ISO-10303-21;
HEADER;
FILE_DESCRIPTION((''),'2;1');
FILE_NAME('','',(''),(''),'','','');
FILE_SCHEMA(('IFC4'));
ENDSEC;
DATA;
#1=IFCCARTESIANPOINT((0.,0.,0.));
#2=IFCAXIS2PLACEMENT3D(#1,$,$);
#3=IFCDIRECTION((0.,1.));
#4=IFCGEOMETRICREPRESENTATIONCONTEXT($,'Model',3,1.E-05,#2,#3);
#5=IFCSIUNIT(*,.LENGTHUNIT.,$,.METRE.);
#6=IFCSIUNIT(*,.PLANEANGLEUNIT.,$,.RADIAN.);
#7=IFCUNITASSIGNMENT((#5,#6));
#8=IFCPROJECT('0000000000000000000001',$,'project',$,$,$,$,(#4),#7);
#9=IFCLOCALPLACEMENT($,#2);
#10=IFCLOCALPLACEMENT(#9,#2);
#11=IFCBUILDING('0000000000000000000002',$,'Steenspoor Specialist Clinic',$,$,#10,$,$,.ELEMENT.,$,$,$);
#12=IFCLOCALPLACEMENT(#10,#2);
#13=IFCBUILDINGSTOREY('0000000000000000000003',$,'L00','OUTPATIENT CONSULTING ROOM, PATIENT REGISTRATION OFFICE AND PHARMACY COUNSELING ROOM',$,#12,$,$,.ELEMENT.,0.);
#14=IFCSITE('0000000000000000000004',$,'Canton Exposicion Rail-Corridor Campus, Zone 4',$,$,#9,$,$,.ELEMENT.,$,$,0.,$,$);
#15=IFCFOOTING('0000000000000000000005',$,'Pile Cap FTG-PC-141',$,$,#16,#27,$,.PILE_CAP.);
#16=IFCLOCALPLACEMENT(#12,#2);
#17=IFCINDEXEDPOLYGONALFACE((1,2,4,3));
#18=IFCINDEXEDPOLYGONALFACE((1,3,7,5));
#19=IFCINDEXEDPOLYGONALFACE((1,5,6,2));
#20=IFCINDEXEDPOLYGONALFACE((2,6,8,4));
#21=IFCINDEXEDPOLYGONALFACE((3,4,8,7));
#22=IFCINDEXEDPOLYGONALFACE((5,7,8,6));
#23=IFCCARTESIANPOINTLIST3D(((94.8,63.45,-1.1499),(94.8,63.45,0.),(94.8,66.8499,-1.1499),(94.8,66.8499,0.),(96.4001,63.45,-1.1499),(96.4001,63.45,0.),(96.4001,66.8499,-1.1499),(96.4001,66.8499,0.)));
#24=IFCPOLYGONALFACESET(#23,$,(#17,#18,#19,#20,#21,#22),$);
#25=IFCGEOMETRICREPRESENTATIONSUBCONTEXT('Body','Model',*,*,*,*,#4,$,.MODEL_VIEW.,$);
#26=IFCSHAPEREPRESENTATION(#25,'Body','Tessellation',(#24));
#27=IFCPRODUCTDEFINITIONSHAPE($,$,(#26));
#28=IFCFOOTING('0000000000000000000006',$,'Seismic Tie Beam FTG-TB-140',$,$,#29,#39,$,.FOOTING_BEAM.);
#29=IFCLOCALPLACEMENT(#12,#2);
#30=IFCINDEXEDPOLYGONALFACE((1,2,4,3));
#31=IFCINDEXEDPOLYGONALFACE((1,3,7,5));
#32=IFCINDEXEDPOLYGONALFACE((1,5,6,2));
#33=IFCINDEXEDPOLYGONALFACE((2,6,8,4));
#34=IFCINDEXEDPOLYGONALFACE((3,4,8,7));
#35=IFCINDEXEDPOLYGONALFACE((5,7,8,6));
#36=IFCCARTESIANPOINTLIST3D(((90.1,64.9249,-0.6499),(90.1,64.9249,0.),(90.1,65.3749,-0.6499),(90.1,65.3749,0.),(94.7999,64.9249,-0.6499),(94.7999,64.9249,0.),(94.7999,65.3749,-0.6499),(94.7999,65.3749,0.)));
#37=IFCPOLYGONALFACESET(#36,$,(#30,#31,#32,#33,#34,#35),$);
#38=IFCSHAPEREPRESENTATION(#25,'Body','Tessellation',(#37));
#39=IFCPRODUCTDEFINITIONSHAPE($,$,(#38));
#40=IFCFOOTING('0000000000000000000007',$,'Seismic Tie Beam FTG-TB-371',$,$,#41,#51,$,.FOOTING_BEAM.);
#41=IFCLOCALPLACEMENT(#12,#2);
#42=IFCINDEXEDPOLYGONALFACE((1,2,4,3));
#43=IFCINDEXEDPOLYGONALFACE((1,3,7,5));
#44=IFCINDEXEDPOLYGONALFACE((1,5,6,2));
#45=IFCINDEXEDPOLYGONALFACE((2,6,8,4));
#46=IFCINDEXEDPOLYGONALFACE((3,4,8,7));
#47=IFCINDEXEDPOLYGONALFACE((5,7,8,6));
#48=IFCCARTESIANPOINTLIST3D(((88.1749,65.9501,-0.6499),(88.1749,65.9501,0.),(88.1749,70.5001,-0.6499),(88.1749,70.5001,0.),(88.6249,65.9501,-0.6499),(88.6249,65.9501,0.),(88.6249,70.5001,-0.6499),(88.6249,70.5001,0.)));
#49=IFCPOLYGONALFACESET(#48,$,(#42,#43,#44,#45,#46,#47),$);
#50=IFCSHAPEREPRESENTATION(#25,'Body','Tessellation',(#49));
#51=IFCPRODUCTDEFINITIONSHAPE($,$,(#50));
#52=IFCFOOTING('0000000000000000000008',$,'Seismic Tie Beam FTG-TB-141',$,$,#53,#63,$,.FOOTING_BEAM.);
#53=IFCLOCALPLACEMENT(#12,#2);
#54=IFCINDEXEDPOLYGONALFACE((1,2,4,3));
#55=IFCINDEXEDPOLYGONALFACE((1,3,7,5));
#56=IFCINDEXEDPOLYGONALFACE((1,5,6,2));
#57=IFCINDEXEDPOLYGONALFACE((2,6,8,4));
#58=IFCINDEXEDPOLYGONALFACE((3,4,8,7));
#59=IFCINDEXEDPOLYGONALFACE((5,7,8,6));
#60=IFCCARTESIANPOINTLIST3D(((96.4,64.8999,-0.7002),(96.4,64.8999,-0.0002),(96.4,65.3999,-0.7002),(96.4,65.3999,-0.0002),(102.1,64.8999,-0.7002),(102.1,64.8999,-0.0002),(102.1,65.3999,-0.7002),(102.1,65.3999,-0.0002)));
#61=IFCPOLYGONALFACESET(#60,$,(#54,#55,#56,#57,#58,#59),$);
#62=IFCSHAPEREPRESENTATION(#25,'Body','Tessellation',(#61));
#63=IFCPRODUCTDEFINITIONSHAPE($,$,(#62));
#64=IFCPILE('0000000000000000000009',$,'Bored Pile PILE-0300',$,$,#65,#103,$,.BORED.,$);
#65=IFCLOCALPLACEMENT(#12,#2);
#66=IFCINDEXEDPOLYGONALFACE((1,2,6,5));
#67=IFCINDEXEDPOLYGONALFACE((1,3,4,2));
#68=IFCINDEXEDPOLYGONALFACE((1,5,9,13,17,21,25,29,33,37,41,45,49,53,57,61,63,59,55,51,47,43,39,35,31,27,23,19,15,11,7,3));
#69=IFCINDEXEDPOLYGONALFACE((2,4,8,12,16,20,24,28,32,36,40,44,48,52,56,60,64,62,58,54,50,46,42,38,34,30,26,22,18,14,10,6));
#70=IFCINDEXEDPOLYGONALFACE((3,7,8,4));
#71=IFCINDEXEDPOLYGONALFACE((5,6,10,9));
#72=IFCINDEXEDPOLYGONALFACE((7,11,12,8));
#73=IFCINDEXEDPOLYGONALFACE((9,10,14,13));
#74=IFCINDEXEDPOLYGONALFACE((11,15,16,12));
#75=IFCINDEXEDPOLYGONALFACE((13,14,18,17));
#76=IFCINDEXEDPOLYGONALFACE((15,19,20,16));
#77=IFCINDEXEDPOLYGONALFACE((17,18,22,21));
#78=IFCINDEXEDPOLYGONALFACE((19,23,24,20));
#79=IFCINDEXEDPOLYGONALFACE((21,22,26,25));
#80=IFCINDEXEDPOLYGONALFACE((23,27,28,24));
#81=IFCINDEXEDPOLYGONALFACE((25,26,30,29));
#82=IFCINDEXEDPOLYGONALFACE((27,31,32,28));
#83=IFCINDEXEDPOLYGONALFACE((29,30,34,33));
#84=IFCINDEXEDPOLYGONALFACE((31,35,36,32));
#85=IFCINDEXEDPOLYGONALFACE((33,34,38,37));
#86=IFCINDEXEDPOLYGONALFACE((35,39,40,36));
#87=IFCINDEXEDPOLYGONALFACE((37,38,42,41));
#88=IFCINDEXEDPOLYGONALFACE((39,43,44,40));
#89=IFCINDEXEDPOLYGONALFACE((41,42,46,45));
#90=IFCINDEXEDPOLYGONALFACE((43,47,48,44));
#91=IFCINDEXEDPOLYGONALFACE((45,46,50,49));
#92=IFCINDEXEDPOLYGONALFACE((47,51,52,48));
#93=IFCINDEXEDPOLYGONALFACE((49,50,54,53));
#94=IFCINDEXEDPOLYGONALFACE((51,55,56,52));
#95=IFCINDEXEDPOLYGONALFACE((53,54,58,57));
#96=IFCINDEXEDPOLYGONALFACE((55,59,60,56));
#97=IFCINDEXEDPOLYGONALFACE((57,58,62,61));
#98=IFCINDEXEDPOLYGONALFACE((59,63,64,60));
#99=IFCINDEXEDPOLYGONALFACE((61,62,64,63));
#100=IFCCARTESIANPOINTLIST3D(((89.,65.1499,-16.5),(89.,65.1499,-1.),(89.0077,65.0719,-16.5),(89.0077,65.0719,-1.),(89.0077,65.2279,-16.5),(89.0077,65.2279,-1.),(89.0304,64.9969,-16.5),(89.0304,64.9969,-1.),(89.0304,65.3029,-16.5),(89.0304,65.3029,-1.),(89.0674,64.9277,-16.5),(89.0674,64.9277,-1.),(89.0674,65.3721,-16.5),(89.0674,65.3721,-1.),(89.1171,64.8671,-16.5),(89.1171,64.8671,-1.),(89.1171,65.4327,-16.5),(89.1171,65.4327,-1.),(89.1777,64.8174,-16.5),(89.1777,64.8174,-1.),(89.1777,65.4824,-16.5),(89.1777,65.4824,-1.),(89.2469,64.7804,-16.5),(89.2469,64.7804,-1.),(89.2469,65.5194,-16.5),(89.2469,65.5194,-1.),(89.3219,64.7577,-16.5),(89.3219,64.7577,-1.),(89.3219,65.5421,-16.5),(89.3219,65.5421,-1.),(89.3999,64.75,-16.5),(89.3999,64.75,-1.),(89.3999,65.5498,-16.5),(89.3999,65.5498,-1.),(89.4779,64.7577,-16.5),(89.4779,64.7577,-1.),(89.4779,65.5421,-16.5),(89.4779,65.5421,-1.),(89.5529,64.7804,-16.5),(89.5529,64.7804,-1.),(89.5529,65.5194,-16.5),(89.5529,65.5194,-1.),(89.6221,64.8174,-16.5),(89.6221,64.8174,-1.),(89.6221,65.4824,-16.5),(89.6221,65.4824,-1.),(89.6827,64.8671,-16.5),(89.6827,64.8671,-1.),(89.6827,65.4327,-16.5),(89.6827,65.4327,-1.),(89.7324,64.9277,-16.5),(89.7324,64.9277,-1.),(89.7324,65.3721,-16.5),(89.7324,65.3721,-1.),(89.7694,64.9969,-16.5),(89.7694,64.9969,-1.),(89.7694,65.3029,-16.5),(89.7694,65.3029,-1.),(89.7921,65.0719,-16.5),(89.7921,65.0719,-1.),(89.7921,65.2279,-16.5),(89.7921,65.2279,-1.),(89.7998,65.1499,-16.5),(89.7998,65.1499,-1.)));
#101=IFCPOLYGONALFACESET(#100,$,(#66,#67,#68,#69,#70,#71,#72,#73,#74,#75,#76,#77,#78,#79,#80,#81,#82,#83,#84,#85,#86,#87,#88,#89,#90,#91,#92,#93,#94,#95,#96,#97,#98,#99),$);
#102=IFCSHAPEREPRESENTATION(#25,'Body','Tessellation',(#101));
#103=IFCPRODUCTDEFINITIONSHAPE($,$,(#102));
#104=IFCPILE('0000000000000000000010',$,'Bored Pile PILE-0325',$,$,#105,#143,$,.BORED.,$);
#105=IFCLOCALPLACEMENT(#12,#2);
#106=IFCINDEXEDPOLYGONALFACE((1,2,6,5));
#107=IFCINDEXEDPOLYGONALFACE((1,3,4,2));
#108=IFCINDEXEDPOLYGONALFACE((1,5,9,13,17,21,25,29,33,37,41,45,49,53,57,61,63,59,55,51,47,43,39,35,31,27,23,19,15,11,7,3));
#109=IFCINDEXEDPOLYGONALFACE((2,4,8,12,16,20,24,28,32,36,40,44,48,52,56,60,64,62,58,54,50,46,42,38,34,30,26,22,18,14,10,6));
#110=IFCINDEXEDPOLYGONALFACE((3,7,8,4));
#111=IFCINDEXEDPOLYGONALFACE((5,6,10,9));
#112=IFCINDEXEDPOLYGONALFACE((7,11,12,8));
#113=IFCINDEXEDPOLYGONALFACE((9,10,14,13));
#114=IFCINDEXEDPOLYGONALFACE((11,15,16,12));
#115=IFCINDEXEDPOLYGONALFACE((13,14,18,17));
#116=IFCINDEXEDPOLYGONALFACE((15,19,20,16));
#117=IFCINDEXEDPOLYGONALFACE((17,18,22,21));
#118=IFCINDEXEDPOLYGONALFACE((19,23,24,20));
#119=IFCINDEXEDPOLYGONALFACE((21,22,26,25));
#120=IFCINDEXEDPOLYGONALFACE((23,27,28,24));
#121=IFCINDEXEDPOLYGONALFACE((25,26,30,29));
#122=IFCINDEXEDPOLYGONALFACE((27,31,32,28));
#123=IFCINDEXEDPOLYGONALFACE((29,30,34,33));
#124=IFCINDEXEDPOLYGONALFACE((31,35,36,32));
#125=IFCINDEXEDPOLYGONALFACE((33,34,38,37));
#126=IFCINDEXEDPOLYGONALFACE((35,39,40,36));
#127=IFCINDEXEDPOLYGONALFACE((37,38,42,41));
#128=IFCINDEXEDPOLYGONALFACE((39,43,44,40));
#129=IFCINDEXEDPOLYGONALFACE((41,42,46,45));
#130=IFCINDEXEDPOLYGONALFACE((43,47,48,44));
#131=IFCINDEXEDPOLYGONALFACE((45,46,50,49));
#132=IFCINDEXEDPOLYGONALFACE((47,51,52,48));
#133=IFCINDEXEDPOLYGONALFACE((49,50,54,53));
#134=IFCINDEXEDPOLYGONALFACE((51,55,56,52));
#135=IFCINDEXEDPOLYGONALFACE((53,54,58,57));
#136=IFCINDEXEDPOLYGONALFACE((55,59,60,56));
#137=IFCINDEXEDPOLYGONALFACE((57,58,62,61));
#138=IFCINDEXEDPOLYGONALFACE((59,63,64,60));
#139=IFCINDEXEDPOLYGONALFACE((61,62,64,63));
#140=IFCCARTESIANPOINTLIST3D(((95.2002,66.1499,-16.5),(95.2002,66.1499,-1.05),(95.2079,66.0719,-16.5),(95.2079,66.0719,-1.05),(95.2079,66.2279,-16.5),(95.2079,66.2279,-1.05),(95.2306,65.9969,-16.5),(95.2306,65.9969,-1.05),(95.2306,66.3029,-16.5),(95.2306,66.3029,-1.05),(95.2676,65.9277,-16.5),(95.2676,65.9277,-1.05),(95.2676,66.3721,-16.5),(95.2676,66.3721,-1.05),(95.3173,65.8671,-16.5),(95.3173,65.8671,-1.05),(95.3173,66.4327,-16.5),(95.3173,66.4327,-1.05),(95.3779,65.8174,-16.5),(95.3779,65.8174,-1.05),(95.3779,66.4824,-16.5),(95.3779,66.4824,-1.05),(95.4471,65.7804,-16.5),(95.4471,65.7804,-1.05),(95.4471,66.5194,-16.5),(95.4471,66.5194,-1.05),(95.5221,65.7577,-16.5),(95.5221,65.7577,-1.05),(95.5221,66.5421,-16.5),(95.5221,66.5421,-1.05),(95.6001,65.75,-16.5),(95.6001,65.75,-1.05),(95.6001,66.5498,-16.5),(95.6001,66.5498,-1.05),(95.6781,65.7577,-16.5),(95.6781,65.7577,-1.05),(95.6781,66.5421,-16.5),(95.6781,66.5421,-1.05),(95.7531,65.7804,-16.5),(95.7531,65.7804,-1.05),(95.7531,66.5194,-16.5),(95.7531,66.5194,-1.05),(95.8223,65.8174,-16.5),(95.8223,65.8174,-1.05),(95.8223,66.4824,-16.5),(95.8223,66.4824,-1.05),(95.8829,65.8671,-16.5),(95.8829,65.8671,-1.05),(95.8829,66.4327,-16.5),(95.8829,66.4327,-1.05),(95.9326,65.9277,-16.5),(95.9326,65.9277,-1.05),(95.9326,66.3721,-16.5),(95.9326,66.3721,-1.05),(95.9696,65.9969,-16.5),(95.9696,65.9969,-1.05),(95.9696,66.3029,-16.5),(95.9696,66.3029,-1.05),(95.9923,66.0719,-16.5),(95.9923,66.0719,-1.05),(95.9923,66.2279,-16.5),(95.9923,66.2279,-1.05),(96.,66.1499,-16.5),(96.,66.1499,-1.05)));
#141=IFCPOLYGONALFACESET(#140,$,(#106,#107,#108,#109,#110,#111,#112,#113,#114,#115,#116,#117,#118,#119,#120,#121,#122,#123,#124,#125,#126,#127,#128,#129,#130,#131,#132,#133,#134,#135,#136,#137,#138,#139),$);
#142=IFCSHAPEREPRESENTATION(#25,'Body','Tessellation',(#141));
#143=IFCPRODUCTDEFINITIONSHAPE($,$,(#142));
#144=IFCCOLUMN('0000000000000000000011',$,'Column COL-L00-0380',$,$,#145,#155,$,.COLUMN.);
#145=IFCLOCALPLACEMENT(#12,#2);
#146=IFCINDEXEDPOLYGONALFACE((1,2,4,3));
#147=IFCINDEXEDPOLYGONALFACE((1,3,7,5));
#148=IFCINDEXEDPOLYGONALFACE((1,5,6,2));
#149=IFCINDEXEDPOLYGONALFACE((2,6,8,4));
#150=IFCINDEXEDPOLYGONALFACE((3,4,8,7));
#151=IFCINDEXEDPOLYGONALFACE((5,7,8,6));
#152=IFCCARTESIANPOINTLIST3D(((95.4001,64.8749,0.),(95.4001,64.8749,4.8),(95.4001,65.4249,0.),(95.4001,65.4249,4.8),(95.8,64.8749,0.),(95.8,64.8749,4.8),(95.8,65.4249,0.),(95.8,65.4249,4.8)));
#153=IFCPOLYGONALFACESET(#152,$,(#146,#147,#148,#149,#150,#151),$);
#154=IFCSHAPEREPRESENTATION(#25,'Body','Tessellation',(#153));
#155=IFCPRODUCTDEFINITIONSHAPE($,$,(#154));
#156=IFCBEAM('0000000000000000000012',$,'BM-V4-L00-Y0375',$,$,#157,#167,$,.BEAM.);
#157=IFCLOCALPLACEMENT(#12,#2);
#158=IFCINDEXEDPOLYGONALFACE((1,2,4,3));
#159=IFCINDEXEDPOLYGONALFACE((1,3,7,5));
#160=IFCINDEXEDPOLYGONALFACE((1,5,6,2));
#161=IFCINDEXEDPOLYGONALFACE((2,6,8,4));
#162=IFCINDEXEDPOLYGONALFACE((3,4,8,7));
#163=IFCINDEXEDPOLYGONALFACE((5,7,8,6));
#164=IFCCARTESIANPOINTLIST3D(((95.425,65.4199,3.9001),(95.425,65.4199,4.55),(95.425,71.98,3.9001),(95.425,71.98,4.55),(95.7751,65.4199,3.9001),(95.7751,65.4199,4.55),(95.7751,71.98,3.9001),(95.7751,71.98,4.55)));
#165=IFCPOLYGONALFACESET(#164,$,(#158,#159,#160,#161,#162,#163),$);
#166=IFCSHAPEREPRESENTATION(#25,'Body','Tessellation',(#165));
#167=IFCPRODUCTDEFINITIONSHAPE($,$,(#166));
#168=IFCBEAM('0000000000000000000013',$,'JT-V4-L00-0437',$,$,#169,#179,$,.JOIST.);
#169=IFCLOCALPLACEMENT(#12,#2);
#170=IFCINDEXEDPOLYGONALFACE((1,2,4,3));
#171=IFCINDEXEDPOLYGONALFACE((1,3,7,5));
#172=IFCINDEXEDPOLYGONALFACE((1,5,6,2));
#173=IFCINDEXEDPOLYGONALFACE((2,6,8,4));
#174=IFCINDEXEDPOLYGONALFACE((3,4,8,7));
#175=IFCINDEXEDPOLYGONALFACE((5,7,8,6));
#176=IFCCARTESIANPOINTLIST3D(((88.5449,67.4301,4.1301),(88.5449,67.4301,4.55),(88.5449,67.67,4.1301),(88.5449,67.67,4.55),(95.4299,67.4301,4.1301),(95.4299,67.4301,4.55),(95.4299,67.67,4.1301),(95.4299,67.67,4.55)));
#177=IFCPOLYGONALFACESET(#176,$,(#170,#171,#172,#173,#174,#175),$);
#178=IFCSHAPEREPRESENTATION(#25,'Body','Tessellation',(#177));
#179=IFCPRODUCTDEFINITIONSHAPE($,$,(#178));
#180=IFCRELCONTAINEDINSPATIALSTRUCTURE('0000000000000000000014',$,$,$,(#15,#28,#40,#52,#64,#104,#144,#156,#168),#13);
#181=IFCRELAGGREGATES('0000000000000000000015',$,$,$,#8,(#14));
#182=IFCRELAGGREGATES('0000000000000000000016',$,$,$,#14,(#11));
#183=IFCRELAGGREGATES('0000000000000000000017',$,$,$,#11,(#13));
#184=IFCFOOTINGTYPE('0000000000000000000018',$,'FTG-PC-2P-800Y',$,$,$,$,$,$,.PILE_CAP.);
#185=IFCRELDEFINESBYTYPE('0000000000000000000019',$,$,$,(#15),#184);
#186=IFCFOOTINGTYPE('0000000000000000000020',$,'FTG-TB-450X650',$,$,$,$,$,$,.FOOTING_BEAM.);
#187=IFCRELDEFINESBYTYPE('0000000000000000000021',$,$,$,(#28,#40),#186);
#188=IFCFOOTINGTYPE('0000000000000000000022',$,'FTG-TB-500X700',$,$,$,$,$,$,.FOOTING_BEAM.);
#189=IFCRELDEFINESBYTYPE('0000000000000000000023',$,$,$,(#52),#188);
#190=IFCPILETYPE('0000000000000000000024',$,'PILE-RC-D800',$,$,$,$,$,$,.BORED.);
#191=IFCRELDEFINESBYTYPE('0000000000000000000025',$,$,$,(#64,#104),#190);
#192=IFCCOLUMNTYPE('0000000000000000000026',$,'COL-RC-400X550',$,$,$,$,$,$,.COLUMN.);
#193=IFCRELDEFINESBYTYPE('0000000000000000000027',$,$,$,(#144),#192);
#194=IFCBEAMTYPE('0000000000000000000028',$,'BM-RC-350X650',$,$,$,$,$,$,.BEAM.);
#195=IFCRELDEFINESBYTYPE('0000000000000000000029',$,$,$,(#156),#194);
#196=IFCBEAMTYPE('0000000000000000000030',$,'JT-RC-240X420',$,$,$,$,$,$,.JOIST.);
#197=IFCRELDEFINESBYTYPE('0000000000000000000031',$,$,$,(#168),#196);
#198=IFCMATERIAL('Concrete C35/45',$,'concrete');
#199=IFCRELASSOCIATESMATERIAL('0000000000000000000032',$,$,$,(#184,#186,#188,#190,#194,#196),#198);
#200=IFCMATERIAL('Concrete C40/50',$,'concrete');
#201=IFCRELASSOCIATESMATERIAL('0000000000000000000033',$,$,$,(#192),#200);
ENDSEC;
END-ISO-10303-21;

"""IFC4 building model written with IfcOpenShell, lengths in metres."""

from ifc_helpers import new_model, si_unit, direction, frame, origin, origin_2d, place, context, subcontext, project, spatial, rectangle, circle, extrude, material, material_profile, profile_set, type_object, element, save


model = new_model("IFC4")

# Units and contexts
model_context = context("Model", 3, precision=1e-05, world=origin(), true_north=direction((0.0, 1.0)))
body_context = subcontext(model_context, "Body", "Model", "MODEL_VIEW")
ifc_project = project(units=[si_unit("LENGTHUNIT", "METRE"), si_unit("PLANEANGLEUNIT", "RADIAN")], contexts=[model_context])

# Site, building, storey
site_placement = place(None, origin())
site = spatial("IfcSite", under=ifc_project, at=site_placement, Name="Canton Exposicion Rail-Corridor Campus, Zone 4", CompositionType="ELEMENT", RefElevation=0.0)
building_placement = place(site_placement, origin())
building = spatial("IfcBuilding", under=site, at=building_placement, Name="Steenspoor Specialist Clinic", CompositionType="ELEMENT")
storey_placement = place(building_placement, origin())
storey = spatial("IfcBuildingStorey", under=building, at=storey_placement, Name="L00", Description="OUTPATIENT CONSULTING ROOM, PATIENT REGISTRATION OFFICE AND PHARMACY COUNSELING ROOM", CompositionType="ELEMENT", Elevation=0.0)

# Footings
ifc_material_1 = material(Name="Concrete C35/45", Category="concrete")
footing_type_1 = type_object("IfcFootingType", Name="FTG-PC-2P-800Y", PredefinedType="PILE_CAP", material=ifc_material_1)
footing_1_placement = place(storey_placement, frame((95.6001, 65.1499, -1.1499), z_axis=(0.0, 0.0, 1.0), x_axis=(1.0, 0.0, 0.0)))
element("IfcFooting", 1, at=footing_1_placement, inside=storey, type_object=footing_type_1, Name="Pile Cap FTG-PC-141", PredefinedType="PILE_CAP", context=body_context, shape_type="SweptSolid", body=[
    extrude(rectangle(XDim=1.6001, YDim=3.3999, at=origin_2d()), origin(), (0.0, 0.0, 1.0), 1.1499),
])
footing_type_2 = type_object("IfcFootingType", Name="FTG-TB-450X650", PredefinedType="FOOTING_BEAM", material=ifc_material_1)
footing_2_placement = place(storey_placement, frame((92.45, 65.1499, -0.6499), z_axis=(0.0, 0.0, 1.0), x_axis=(1.0, 0.0, 0.0)))
element("IfcFooting", 2, at=footing_2_placement, inside=storey, type_object=footing_type_2, Name="Seismic Tie Beam FTG-TB-140", PredefinedType="FOOTING_BEAM", context=body_context, shape_type="SweptSolid", body=[
    extrude(rectangle(XDim=4.7, YDim=0.45, at=origin_2d()), origin(), (0.0, 0.0, 1.0), 0.6499),
])
footing_3_placement = place(storey_placement, frame((88.3999, 68.2251, -0.6499), z_axis=(0.0, 0.0, 1.0), x_axis=(1.0, 0.0, 0.0)))
element("IfcFooting", 3, at=footing_3_placement, inside=storey, type_object=footing_type_2, Name="Seismic Tie Beam FTG-TB-371", PredefinedType="FOOTING_BEAM", context=body_context, shape_type="SweptSolid", body=[
    extrude(rectangle(XDim=0.45, YDim=4.55, at=origin_2d()), origin(), (0.0, 0.0, 1.0), 0.6499),
])
footing_type_3 = type_object("IfcFootingType", Name="FTG-TB-500X700", PredefinedType="FOOTING_BEAM", material=ifc_material_1)
footing_4_placement = place(storey_placement, frame((99.25, 65.1499, -0.7002), z_axis=(0.0, 0.0, 1.0), x_axis=(1.0, 0.0, 0.0)))
element("IfcFooting", 4, at=footing_4_placement, inside=storey, type_object=footing_type_3, Name="Seismic Tie Beam FTG-TB-141", PredefinedType="FOOTING_BEAM", context=body_context, shape_type="SweptSolid", body=[
    extrude(rectangle(XDim=5.7, YDim=0.5, at=origin_2d()), origin(), (0.0, 0.0, 1.0), 0.7),
])

# Piles
ifc_material_profile_1 = material_profile(ifc_material_1, circle(Radius=0.3999, at=origin_2d()), Name="PILE-D800")
ifc_profile_set_1 = profile_set([ifc_material_profile_1], Name="Concrete C35/45")
pile_type = type_object("IfcPileType", Name="PILE-RC-D800", PredefinedType="BORED", material=ifc_profile_set_1)
pile_1_placement = place(storey_placement, frame((89.3999, 65.1499, -1.0), z_axis=(0.0, 0.0, -1.0), x_axis=(1.0, 0.0, 0.0)))
element("IfcPile", 5, at=pile_1_placement, inside=storey, type_object=pile_type, Name="Bored Pile PILE-0300", PredefinedType="BORED", context=body_context, shape_type="SweptSolid", body=[
    extrude(circle(Radius=0.3999, at=origin_2d()), origin(), (0.0, 0.0, 1.0), 15.5),
])
pile_2_placement = place(storey_placement, frame((95.6001, 66.1499, -1.05), z_axis=(0.0, 0.0, -1.0), x_axis=(1.0, 0.0, 0.0)))
element("IfcPile", 6, at=pile_2_placement, inside=storey, type_object=pile_type, Name="Bored Pile PILE-0325", PredefinedType="BORED", context=body_context, shape_type="SweptSolid", body=[
    extrude(circle(Radius=0.3999, at=origin_2d()), origin(), (0.0, 0.0, 1.0), 15.45),
])

# Column
ifc_material_2 = material(Name="Concrete C40/50", Category="concrete")
ifc_material_profile_2 = material_profile(ifc_material_2, rectangle(XDim=0.3999, YDim=0.55, at=origin_2d()), Name="RC-COL-400X550")
ifc_profile_set_2 = profile_set([ifc_material_profile_2], Name="Concrete C40/50")
column_type = type_object("IfcColumnType", Name="COL-RC-400X550", PredefinedType="COLUMN", material=ifc_profile_set_2)
column_placement = place(storey_placement, frame((95.6001, 65.1499, 0.0), z_axis=(0.0, 0.0, 1.0), x_axis=(1.0, 0.0, 0.0)))
element("IfcColumn", 7, at=column_placement, inside=storey, type_object=column_type, Name="Column COL-L00-0380", PredefinedType="COLUMN", context=body_context, shape_type="SweptSolid", body=[
    extrude(rectangle(XDim=0.3999, YDim=0.55, at=origin_2d()), origin(), (0.0, 0.0, 1.0), 4.8),
])

# Beams
ifc_material_profile_3 = material_profile(ifc_material_1, rectangle(XDim=0.3501, YDim=0.6499, at=origin_2d()), Name="RC-BM-350X650")
ifc_profile_set_3 = profile_set([ifc_material_profile_3], Name="Concrete C35/45")
beam_type_1 = type_object("IfcBeamType", Name="BM-RC-350X650", PredefinedType="BEAM", material=ifc_profile_set_3)
beam_1_placement = place(storey_placement, frame((95.6001, 65.4199, 4.2251), z_axis=(0.0, 1.0, 0.0), x_axis=(-1.0, 0.0, 0.0)))
element("IfcBeam", 8, at=beam_1_placement, inside=storey, type_object=beam_type_1, Name="BM-V4-L00-Y0375", PredefinedType="BEAM", context=body_context, shape_type="SweptSolid", body=[
    extrude(rectangle(XDim=0.3501, YDim=0.6499, at=origin_2d()), origin(), (0.0, 0.0, 1.0), 6.5601),
])
ifc_material_profile_4 = material_profile(ifc_material_1, rectangle(XDim=0.24, YDim=0.4199, at=origin_2d()), Name="RC-JT-240X420")
ifc_profile_set_4 = profile_set([ifc_material_profile_4], Name="Concrete C35/45")
beam_type_2 = type_object("IfcBeamType", Name="JT-RC-240X420", PredefinedType="JOIST", material=ifc_profile_set_4)
beam_2_placement = place(storey_placement, frame((88.5449, 67.55, 4.3401), z_axis=(1.0, 0.0, 0.0), x_axis=(0.0, 1.0, 0.0)))
element("IfcBeam", 9, at=beam_2_placement, inside=storey, type_object=beam_type_2, Name="JT-V4-L00-0437", PredefinedType="JOIST", context=body_context, shape_type="SweptSolid", body=[
    extrude(rectangle(XDim=0.24, YDim=0.4199, at=origin_2d()), origin(), (0.0, 0.0, 1.0), 6.885),
])

save(model, "model.ifc")
